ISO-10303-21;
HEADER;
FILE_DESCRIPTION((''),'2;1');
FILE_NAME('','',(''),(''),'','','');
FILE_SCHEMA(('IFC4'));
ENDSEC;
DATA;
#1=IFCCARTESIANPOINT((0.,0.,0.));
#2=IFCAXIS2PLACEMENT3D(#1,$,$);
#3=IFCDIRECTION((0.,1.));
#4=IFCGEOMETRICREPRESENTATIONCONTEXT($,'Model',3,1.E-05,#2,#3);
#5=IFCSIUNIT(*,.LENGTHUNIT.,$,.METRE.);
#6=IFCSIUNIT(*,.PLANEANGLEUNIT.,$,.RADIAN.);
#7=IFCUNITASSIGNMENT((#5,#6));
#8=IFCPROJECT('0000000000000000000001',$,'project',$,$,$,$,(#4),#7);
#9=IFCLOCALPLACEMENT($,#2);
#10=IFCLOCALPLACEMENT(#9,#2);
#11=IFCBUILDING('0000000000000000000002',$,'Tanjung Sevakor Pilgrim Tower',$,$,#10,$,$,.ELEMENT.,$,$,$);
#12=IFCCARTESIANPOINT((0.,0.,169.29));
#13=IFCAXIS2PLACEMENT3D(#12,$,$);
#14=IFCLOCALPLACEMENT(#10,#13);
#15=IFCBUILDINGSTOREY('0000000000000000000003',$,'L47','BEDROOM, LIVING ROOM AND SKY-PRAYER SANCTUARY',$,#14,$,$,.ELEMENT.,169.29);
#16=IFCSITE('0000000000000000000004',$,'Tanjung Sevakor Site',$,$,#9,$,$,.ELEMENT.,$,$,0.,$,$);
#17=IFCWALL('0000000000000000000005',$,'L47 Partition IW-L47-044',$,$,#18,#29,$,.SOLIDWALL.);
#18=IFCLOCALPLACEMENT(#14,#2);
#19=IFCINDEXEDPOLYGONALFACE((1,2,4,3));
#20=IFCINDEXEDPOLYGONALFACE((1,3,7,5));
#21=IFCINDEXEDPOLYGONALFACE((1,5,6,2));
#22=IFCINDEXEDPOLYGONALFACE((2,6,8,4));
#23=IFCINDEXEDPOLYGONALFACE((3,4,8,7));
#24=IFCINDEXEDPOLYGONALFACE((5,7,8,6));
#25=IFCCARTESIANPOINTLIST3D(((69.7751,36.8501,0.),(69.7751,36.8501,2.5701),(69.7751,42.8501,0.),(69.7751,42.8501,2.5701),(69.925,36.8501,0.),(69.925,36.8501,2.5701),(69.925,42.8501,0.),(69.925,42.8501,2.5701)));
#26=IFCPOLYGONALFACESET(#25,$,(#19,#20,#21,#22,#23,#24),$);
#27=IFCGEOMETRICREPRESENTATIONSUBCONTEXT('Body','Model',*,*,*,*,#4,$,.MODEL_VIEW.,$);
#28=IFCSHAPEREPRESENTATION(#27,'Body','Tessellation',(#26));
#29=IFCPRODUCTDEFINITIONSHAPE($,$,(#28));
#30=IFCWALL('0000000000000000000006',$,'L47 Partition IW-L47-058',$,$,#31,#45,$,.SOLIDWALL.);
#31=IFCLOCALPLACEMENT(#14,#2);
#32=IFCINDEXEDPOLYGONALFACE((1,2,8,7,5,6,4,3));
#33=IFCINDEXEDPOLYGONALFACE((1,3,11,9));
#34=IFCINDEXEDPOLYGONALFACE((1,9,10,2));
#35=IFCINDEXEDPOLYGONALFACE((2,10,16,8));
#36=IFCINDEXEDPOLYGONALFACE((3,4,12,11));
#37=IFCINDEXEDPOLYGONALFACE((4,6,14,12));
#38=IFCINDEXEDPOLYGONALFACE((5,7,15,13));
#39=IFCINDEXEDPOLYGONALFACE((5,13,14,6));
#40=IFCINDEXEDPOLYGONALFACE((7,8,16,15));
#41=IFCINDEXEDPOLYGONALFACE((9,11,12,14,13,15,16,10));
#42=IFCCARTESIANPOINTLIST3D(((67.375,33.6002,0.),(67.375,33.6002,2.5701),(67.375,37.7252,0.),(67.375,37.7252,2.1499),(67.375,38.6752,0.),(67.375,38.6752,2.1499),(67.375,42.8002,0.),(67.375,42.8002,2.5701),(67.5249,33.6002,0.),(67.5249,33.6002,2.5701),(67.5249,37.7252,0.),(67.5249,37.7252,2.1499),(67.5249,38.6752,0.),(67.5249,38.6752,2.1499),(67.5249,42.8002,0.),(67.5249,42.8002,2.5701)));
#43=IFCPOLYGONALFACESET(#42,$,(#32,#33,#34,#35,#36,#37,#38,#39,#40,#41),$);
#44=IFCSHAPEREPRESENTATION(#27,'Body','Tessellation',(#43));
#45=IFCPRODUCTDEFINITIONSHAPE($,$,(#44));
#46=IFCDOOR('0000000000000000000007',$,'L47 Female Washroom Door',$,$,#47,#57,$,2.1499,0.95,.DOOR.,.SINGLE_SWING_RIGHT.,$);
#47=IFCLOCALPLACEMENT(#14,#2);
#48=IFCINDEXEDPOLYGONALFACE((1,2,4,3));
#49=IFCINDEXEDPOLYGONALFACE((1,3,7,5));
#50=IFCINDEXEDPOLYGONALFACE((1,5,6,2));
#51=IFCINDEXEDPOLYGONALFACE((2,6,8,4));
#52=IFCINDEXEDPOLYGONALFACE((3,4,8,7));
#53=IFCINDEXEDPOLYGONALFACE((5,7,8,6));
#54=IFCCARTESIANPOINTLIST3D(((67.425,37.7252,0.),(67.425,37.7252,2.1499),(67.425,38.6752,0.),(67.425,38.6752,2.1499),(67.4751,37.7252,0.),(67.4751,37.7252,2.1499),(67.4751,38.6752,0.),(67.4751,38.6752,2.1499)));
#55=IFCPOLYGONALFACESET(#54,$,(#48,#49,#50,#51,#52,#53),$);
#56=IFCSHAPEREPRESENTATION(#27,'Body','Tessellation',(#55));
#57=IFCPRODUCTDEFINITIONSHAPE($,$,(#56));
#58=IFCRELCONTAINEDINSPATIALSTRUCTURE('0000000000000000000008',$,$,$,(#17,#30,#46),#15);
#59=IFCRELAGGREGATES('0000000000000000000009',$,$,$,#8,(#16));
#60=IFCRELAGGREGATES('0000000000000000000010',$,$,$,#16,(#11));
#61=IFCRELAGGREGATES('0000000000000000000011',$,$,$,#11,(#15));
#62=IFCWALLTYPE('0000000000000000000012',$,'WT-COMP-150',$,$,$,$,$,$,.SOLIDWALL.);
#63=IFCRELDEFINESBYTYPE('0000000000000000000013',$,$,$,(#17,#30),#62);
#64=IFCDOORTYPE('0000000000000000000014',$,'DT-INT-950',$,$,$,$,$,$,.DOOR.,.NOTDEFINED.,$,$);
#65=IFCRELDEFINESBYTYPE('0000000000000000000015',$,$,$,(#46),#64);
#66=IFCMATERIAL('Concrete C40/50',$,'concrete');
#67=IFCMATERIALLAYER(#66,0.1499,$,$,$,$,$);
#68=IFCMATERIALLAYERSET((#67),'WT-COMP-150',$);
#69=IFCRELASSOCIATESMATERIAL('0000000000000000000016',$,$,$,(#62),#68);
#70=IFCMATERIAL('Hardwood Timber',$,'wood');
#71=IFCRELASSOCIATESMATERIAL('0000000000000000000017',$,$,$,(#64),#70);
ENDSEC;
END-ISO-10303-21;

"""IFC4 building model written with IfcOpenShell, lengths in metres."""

from ifc_helpers import new_model, si_unit, direction, frame, frame_2d, origin, place, context, subcontext, project, spatial, rectangle, extrude, material, layer, layer_set, type_object, element, fill, save


model = new_model("IFC4")

# Units and contexts
model_context = context("Model", 3, precision=1e-05, world=origin(), true_north=direction((0.0, 1.0)))
body_context = subcontext(model_context, "Body", "Model", "MODEL_VIEW")
ifc_project = project(units=[si_unit("LENGTHUNIT", "METRE"), si_unit("PLANEANGLEUNIT", "RADIAN")], contexts=[model_context])

# Site, building, storey
site_placement = place(None, origin())
site = spatial("IfcSite", under=ifc_project, at=site_placement, Name="Tanjung Sevakor Site", CompositionType="ELEMENT", RefElevation=0.0)
building_placement = place(site_placement, origin())
building = spatial("IfcBuilding", under=site, at=building_placement, Name="Tanjung Sevakor Pilgrim Tower", CompositionType="ELEMENT")
storey_placement = place(building_placement, frame((0.0, 0.0, 169.29)))
storey = spatial("IfcBuildingStorey", under=building, at=storey_placement, Name="L47", Description="BEDROOM, LIVING ROOM AND SKY-PRAYER SANCTUARY", CompositionType="ELEMENT", Elevation=169.29)

# Shared definitions
ifc_material_1 = material(Name="Concrete C40/50", Category="concrete")
ifc_layer_1 = layer(ifc_material_1, 0.1499)
ifc_layer_set_1 = layer_set([ifc_layer_1], Name="WT-COMP-150")
wall_type_1 = type_object("IfcWallType", Name="WT-COMP-150", PredefinedType="SOLIDWALL", material=ifc_layer_set_1)
ifc_material_2 = material(Name="Hardwood Timber", Category="wood")
door_type = type_object("IfcDoorType", Name="DT-INT-950", OperationType="NOTDEFINED", PredefinedType="DOOR", material=ifc_material_2)

# Wall
wall_1_placement = place(storey_placement, frame((69.8501, 36.8501, 0.0), z_axis=(0.0, 0.0, 1.0), x_axis=(0.0, 1.0, 0.0)))
element("IfcWall", 1, at=wall_1_placement, inside=storey, type_object=wall_type_1, Name="L47 Partition IW-L47-044", PredefinedType="SOLIDWALL", context=body_context, shape_type="SweptSolid", body=[
    extrude(rectangle(XDim=6.0, YDim=0.1499, at=frame_2d((3.0, 0.0))), origin(), (0.0, 0.0, 1.0), 2.5701),
])

# Wall, opening, door
wall_2_placement = place(storey_placement, frame((67.45, 33.6001, 0.0), z_axis=(0.0, 0.0, 1.0), x_axis=(0.0, 1.0, 0.0)))
wall_2 = element("IfcWall", 2, at=wall_2_placement, inside=storey, type_object=wall_type_1, Name="L47 Partition IW-L47-058", PredefinedType="SOLIDWALL", context=body_context, shape_type="SweptSolid", body=[
    extrude(rectangle(XDim=9.2, YDim=0.1499, at=frame_2d((4.6001, 0.0))), origin(), (0.0, 0.0, 1.0), 2.5701),
])
opening_1_placement = place(wall_2_placement, frame((4.125, 0.0, 0.0)))
opening_1 = element("IfcOpeningElement", 3, at=opening_1_placement, cuts=wall_2, PredefinedType="OPENING", context=body_context, shape_type="SweptSolid", body=[
    extrude(rectangle(XDim=0.95, YDim=2.1499, at=frame_2d((0.4751, 1.075))), frame((0.0, 0.085, 0.0), z_axis=(0.0, -1.0, 0.0), x_axis=(1.0, 0.0, 0.0)), (0.0, 0.0, 1.0), 0.1699),
])
door_1_placement = place(opening_1_placement, origin())
door_1 = element("IfcDoor", 4, at=door_1_placement, inside=storey, type_object=door_type, Name="L47 Female Washroom Door", OperationType="SINGLE_SWING_RIGHT", OverallHeight=2.1499, OverallWidth=0.95, PredefinedType="DOOR", context=body_context, shape_type="SweptSolid", body=[
    extrude(rectangle(XDim=0.95, YDim=2.1499, at=frame_2d((0.4751, 1.075))), frame((0.0, 0.0249, 0.0), z_axis=(0.0, -1.0, 0.0), x_axis=(1.0, 0.0, 0.0)), (0.0, 0.0, 1.0), 0.05),
])
fill(opening_1, door_1)

save(model, "model.ifc")
